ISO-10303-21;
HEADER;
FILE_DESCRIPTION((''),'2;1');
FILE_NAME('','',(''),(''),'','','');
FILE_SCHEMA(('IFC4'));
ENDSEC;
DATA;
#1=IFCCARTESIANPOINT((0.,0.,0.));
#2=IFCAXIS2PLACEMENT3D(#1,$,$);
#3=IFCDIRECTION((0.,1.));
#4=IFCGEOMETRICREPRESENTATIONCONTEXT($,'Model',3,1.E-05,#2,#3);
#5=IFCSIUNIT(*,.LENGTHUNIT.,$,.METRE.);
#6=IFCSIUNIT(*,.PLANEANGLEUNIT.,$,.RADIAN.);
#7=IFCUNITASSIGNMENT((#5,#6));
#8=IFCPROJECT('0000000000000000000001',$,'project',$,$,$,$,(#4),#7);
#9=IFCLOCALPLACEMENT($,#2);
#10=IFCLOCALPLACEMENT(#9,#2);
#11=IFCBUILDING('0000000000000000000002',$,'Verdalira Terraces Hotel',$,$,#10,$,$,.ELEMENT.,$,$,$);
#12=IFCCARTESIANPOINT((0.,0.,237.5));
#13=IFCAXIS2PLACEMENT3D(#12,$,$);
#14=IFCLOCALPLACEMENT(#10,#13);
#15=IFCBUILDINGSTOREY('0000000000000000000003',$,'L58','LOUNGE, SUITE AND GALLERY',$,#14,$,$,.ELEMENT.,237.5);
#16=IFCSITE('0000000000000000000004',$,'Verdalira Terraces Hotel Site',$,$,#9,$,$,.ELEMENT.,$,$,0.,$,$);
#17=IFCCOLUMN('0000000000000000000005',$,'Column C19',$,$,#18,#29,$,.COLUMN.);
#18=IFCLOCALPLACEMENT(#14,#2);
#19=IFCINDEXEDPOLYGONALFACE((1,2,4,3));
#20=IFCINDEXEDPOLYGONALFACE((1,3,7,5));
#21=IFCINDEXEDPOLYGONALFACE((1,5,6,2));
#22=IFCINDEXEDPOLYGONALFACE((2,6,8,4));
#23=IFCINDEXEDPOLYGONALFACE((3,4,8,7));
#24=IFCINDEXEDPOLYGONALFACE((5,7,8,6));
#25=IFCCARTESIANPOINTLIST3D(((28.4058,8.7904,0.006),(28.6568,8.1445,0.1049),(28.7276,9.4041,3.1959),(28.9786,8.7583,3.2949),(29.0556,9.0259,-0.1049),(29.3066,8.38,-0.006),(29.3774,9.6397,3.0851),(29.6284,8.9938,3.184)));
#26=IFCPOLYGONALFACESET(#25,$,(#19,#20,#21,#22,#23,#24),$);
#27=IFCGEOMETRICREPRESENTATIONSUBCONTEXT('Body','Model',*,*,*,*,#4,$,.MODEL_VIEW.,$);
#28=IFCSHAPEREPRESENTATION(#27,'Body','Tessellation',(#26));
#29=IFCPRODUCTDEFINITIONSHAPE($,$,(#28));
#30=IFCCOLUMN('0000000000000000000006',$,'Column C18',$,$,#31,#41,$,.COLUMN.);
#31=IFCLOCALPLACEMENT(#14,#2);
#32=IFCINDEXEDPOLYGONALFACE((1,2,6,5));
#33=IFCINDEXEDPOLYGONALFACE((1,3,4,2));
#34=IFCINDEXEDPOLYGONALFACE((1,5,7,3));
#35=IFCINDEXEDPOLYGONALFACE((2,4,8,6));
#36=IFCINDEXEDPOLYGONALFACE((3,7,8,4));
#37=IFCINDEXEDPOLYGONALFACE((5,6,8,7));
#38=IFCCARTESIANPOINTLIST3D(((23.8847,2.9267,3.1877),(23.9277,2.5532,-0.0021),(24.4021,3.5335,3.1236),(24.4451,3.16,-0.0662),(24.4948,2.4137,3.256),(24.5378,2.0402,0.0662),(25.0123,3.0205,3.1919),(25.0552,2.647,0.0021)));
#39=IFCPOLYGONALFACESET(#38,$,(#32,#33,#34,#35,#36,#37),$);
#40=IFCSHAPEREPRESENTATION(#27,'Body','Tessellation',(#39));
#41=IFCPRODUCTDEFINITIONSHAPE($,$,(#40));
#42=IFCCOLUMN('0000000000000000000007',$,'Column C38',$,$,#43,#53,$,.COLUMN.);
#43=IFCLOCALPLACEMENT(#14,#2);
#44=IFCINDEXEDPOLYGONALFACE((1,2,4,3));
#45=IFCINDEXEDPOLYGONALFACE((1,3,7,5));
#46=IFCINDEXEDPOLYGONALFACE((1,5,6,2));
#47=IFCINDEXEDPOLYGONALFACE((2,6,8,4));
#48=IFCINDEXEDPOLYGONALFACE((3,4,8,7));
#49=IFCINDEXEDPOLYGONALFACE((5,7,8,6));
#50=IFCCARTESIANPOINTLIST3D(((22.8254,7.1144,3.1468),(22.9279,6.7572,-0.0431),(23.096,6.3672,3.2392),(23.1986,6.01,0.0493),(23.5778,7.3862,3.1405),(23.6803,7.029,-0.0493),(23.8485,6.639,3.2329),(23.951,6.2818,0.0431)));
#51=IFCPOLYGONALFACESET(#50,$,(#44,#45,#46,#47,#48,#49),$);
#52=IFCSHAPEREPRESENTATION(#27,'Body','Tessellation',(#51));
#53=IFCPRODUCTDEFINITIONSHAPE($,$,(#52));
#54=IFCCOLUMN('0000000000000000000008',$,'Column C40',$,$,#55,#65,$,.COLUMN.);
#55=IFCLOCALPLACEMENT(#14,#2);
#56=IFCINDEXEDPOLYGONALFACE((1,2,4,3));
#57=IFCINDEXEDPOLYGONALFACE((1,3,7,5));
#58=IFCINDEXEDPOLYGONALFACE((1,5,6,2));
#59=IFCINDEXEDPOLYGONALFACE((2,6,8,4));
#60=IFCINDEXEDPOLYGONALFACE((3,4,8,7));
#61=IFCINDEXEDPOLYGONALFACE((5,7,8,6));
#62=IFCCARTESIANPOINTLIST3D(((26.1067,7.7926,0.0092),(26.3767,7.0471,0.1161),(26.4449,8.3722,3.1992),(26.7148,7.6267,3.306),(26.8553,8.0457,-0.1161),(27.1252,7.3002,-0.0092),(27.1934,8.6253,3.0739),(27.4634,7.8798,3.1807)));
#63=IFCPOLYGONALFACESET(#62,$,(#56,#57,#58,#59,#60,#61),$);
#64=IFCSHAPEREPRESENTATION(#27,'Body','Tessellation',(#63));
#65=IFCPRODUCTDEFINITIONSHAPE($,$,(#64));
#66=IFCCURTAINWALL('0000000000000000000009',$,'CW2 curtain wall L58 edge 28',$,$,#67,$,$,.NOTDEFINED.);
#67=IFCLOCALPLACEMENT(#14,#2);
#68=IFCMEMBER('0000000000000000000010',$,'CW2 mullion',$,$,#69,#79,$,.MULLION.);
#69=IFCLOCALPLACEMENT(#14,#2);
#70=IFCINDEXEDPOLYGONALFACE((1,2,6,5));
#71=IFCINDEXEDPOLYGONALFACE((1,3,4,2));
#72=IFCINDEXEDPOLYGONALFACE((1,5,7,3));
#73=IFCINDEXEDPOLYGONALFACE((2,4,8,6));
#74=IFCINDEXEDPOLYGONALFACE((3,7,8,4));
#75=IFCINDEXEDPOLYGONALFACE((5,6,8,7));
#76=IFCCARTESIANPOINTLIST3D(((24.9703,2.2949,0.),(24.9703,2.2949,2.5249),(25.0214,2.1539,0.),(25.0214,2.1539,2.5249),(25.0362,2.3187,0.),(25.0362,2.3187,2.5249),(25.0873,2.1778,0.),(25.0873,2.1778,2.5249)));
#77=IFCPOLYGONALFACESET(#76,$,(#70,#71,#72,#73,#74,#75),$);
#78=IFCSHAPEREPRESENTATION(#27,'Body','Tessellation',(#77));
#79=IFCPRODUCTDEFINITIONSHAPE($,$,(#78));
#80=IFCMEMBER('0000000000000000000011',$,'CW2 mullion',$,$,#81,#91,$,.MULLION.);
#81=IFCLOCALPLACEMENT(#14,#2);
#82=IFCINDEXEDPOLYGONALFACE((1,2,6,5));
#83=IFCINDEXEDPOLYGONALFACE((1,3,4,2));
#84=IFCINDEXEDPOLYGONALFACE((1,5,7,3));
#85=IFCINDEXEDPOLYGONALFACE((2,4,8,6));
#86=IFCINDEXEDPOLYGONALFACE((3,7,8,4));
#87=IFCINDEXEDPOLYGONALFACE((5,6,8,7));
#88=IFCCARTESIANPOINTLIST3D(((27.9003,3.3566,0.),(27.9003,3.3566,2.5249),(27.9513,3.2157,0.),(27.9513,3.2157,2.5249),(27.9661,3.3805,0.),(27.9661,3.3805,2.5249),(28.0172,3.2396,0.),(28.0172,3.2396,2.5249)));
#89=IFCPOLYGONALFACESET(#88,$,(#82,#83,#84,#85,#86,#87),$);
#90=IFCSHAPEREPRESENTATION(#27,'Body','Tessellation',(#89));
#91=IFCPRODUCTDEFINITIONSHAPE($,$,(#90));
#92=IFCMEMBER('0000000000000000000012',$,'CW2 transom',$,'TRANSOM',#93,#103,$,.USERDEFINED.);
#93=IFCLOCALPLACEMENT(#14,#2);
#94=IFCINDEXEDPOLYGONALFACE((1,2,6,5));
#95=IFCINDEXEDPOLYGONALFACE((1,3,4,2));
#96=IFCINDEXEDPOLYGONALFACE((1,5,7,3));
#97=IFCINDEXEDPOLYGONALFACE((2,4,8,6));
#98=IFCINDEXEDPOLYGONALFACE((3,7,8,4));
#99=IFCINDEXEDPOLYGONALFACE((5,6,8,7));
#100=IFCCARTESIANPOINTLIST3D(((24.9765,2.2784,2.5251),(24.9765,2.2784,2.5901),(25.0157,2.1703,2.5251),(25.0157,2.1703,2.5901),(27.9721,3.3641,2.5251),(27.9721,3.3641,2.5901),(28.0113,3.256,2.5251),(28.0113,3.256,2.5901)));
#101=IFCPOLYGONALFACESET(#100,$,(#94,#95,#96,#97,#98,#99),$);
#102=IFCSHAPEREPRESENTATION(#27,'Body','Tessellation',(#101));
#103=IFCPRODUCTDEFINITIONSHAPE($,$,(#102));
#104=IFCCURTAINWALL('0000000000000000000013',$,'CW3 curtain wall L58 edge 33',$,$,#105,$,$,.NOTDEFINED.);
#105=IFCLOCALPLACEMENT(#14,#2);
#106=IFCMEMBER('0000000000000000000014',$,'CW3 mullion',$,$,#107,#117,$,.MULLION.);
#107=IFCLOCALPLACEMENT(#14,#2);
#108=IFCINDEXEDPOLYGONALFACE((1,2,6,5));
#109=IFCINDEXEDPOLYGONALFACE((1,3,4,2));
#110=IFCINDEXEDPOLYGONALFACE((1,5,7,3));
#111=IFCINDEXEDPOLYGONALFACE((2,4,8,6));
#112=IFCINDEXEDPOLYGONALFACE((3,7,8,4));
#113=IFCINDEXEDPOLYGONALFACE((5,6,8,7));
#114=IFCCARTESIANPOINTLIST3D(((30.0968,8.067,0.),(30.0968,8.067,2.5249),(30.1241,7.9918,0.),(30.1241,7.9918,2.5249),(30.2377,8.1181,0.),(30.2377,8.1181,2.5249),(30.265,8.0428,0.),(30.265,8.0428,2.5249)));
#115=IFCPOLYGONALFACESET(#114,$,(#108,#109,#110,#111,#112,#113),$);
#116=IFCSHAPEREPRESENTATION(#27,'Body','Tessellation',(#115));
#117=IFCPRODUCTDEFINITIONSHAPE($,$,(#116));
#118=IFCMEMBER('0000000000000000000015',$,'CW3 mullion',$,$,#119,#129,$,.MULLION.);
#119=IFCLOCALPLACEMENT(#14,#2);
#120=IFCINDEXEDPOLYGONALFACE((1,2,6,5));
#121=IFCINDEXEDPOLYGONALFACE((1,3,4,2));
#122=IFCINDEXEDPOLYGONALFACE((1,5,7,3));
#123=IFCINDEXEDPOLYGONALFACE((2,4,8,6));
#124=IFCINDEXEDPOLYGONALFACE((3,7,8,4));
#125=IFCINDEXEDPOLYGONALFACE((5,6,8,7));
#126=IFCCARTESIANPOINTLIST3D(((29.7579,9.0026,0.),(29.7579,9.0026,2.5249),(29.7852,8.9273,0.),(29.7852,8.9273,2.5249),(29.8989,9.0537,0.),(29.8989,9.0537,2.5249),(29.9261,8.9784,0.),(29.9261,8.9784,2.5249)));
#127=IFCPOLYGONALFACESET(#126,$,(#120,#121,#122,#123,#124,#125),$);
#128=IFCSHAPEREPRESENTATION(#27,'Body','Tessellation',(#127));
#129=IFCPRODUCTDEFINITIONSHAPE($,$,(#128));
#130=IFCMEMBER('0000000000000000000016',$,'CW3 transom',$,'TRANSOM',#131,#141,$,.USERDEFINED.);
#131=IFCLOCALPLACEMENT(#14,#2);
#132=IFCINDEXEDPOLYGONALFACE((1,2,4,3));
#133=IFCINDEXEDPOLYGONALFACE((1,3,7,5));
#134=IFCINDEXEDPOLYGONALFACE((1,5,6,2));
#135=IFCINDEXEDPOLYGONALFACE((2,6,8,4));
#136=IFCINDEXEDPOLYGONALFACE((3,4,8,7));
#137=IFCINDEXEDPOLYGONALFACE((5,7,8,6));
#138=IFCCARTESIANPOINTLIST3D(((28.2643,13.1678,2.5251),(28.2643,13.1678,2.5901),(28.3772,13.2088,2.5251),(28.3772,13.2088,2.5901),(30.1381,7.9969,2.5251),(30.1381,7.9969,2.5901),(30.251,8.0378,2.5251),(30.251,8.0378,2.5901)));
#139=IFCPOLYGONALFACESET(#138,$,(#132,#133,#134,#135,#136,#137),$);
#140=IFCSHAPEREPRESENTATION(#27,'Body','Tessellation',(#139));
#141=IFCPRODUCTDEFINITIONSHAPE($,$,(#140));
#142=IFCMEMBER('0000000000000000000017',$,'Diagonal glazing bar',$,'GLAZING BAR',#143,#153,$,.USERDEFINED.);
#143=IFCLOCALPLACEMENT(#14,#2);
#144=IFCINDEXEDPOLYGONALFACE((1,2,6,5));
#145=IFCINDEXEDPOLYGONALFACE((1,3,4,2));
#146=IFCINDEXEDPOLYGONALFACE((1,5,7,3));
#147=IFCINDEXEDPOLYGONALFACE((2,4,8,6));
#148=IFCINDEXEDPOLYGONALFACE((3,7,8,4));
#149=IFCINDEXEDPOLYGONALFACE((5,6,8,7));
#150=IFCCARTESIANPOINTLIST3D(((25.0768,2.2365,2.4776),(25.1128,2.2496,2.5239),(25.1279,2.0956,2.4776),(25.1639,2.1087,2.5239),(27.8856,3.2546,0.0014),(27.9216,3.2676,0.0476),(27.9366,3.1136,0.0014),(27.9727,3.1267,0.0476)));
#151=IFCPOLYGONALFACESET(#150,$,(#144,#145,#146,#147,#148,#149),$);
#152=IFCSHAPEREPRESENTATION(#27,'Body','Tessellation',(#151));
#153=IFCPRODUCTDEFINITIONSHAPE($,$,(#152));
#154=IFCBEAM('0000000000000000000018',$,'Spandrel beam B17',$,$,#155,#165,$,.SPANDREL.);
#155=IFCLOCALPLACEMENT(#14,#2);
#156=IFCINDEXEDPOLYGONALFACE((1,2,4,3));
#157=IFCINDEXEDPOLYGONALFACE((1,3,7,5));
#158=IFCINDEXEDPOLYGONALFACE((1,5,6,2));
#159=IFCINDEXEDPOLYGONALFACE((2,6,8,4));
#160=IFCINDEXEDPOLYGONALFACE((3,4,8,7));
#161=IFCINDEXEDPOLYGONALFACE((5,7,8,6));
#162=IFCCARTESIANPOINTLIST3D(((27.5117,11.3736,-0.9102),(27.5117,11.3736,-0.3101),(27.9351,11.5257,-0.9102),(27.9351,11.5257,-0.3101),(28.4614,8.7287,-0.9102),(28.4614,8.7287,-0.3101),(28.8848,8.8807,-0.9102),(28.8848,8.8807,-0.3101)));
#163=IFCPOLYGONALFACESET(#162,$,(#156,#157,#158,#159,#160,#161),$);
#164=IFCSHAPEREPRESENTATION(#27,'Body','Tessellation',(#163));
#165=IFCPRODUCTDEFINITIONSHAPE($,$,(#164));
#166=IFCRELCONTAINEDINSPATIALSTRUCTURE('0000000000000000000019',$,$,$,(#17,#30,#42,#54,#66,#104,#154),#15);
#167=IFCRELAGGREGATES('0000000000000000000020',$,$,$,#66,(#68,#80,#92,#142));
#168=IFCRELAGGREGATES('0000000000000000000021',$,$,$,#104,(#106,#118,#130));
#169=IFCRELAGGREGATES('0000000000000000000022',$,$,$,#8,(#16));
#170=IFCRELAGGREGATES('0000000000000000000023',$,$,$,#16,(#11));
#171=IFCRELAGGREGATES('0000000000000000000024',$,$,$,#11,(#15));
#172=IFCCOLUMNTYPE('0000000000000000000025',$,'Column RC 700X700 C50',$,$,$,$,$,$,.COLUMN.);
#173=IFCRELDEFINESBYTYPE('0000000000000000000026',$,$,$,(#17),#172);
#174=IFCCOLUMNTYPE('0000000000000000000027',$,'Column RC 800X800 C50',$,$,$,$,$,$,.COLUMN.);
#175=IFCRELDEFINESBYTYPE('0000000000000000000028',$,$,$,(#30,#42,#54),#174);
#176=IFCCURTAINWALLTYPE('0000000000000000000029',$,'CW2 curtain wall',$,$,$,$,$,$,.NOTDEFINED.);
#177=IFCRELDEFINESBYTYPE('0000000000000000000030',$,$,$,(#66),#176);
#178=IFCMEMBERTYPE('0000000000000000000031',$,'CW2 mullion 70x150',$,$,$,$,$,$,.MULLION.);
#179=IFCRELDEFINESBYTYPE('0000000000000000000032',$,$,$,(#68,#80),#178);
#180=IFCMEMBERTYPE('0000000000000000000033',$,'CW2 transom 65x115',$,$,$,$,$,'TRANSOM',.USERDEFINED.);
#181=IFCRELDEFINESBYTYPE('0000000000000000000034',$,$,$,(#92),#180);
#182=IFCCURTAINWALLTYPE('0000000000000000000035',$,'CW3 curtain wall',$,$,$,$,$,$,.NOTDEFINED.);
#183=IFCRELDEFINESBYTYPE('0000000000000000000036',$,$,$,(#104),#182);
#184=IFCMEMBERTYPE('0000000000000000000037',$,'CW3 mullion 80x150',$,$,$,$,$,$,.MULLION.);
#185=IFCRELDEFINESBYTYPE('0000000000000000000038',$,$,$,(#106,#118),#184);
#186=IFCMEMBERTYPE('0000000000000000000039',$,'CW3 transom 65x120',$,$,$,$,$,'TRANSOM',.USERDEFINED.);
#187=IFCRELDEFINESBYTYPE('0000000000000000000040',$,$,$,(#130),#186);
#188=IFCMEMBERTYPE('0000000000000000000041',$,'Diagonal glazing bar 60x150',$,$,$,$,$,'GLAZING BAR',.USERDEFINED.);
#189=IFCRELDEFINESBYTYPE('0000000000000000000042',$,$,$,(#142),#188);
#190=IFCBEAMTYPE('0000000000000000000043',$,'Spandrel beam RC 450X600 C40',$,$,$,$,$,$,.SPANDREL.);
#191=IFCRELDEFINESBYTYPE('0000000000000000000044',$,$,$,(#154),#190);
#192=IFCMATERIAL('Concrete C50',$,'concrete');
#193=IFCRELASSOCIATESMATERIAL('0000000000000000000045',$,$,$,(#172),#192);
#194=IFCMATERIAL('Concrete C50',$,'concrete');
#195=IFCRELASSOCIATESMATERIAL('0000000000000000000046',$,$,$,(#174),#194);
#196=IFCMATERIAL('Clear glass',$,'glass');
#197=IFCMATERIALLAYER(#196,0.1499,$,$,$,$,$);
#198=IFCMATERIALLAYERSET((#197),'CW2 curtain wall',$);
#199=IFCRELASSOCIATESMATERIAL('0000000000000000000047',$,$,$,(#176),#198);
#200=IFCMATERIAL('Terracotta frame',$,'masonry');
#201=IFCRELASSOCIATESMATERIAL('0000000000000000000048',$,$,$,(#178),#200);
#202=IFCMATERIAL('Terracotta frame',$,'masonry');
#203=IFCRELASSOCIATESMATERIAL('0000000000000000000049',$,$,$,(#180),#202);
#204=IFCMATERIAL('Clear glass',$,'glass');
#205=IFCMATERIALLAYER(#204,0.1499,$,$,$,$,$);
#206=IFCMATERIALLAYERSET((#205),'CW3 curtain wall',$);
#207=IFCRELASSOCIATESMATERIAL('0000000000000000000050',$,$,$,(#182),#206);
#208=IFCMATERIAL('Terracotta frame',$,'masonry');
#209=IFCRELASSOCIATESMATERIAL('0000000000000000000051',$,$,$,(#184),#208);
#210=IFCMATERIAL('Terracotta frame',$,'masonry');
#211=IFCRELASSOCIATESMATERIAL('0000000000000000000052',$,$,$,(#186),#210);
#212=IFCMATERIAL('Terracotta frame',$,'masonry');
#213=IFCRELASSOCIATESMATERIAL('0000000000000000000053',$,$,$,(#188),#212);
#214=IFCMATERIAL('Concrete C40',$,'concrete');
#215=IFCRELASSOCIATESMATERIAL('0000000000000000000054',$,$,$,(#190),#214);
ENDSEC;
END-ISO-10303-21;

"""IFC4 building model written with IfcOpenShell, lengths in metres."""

from ifc_helpers import new_model, si_unit, direction, frame, origin, origin_2d, place, context, subcontext, project, spatial, rectangle, extrude, material, layer, layer_set, material_profile, profile_set, type_object, element, aggregate, save


model = new_model("IFC4")

# Units and contexts
model_context = context("Model", 3, precision=1e-05, world=origin(), true_north=direction((0.0, 1.0)))
body_context = subcontext(model_context, "Body", "Model", "MODEL_VIEW")
ifc_project = project(units=[si_unit("LENGTHUNIT", "METRE"), si_unit("PLANEANGLEUNIT", "RADIAN")], contexts=[model_context])

# Site, building, storey
site_placement = place(None, origin())
site = spatial("IfcSite", under=ifc_project, at=site_placement, Name="Verdalira Terraces Hotel Site", CompositionType="ELEMENT", RefElevation=0.0)
building_placement = place(site_placement, origin())
building = spatial("IfcBuilding", under=site, at=building_placement, Name="Verdalira Terraces Hotel", CompositionType="ELEMENT")
storey_placement = place(building_placement, frame((0.0, 0.0, 237.5)))
storey = spatial("IfcBuildingStorey", under=building, at=storey_placement, Name="L58", Description="LOUNGE, SUITE AND GALLERY", CompositionType="ELEMENT", Elevation=237.5)

# Columns
ifc_material_1 = material(Name="Concrete C50", Category="concrete")
ifc_material_profile_1 = material_profile(ifc_material_1, rectangle(XDim=0.7, YDim=0.7, at=origin_2d()), Name="RC 700X700")
ifc_profile_set_1 = profile_set([ifc_material_profile_1], Name="Concrete C50")
column_type_1 = type_object("IfcColumnType", Name="Column RC 700X700 C50", PredefinedType="COLUMN", material=ifc_profile_set_1)
column_1_placement = place(storey_placement, frame((28.8562, 8.5852, 0.0), z_axis=(0.098573, 0.188022, 0.977206), x_axis=(-0.358607, 0.922723, -0.141365)))
element("IfcColumn", 1, at=column_1_placement, inside=storey, type_object=column_type_1, Name="Column C19", PredefinedType="COLUMN", context=body_context, shape_type="SweptSolid", body=[
    extrude(rectangle(XDim=0.7, YDim=0.7, at=origin_2d()), origin(), (0.0, 0.0, 1.0), 3.2644),
])
ifc_material_2 = material(Name="Concrete C50", Category="concrete")
ifc_material_profile_2 = material_profile(ifc_material_2, rectangle(XDim=0.8, YDim=0.8, at=origin_2d()), Name="RC 800X800")
ifc_profile_set_2 = profile_set([ifc_material_profile_2], Name="Concrete C50")
column_type_2 = type_object("IfcColumnType", Name="Column RC 800X800 C50", PredefinedType="COLUMN", material=ifc_profile_set_2)
column_2_placement = place(storey_placement, frame((24.4915, 2.6001, 0.0), z_axis=(-0.013377, 0.116293, 0.993125), x_axis=(-0.646729, -0.758501, 0.080107)))
element("IfcColumn", 2, at=column_2_placement, inside=storey, type_object=column_type_2, Name="Column C18", PredefinedType="COLUMN", context=body_context, shape_type="SweptSolid", body=[
    extrude(rectangle(XDim=0.8, YDim=0.8, at=origin_2d()), origin(), (0.0, 0.0, 1.0), 3.2119),
])
column_3_placement = place(storey_placement, frame((23.4395, 6.5195, 0.0), z_axis=(-0.031929, 0.111218, 0.993283), x_axis=(0.940485, 0.339745, -0.00781)))
element("IfcColumn", 3, at=column_3_placement, inside=storey, type_object=column_type_2, Name="Column C38", PredefinedType="COLUMN", context=body_context, shape_type="SweptSolid", body=[
    extrude(rectangle(XDim=0.8, YDim=0.8, at=origin_2d()), origin(), (0.0, 0.0, 1.0), 3.2114),
])
column_4_placement = place(storey_placement, frame((26.616, 7.5464, 0.0), z_axis=(0.10373, 0.177802, 0.978584), x_axis=(0.935619, 0.316349, -0.156654)))
element("IfcColumn", 4, at=column_4_placement, inside=storey, type_object=column_type_2, Name="Column C40", PredefinedType="COLUMN", context=body_context, shape_type="SweptSolid", body=[
    extrude(rectangle(XDim=0.8, YDim=0.8, at=origin_2d()), origin(), (0.0, 0.0, 1.0), 3.2598),
])

# Curtain walls, members
ifc_material_3 = material(Name="Clear glass", Category="glass")
ifc_layer_1 = layer(ifc_material_3, 0.1499)
ifc_layer_set_1 = layer_set([ifc_layer_1], Name="CW2 curtain wall")
curtain_wall_type_1 = type_object("IfcCurtainWallType", Name="CW2 curtain wall", PredefinedType="NOTDEFINED", material=ifc_layer_set_1)
curtain_wall_1_placement = place(storey_placement, origin())
curtain_wall_1 = element("IfcCurtainWall", 5, at=curtain_wall_1_placement, inside=storey, type_object=curtain_wall_type_1, Name="CW2 curtain wall L58 edge 28", PredefinedType="NOTDEFINED")
ifc_material_4 = material(Name="Terracotta frame", Category="masonry")
ifc_material_profile_3 = material_profile(ifc_material_4, rectangle(XDim=0.0701, YDim=0.1499, at=origin_2d()), Name="MU 70x150")
ifc_profile_set_3 = profile_set([ifc_material_profile_3], Name="Terracotta frame")
member_type_1 = type_object("IfcMemberType", Name="CW2 mullion 70x150", PredefinedType="MULLION", material=ifc_profile_set_3)
member_1_placement = place(storey_placement, frame((25.0288, 2.2363, 0.0), z_axis=(0.0, 0.0, 1.0), x_axis=(0.940169, 0.340708, 0.0)))
member_1 = element("IfcMember", 6, at=member_1_placement, type_object=member_type_1, Name="CW2 mullion", PredefinedType="MULLION", context=body_context, shape_type="SweptSolid", body=[
    extrude(rectangle(XDim=0.0701, YDim=0.1499, at=origin_2d()), origin(), (0.0, 0.0, 1.0), 2.5249),
])
member_2_placement = place(storey_placement, frame((27.9587, 3.2981, 0.0), z_axis=(0.0, 0.0, 1.0), x_axis=(0.940169, 0.340708, 0.0)))
member_2 = element("IfcMember", 7, at=member_2_placement, type_object=member_type_1, Name="CW2 mullion", PredefinedType="MULLION", context=body_context, shape_type="SweptSolid", body=[
    extrude(rectangle(XDim=0.0701, YDim=0.1499, at=origin_2d()), origin(), (0.0, 0.0, 1.0), 2.5249),
])
ifc_material_5 = material(Name="Terracotta frame", Category="masonry")
ifc_material_profile_4 = material_profile(ifc_material_5, rectangle(XDim=0.115, YDim=0.0649, at=origin_2d()), Name="TR 65x115")
ifc_profile_set_4 = profile_set([ifc_material_profile_4], Name="Terracotta frame")
member_type_2 = type_object("IfcMemberType", Name="CW2 transom 65x115", ElementType="TRANSOM", PredefinedType="USERDEFINED", material=ifc_profile_set_4)
member_3_placement = place(storey_placement, frame((24.9961, 2.2244, 2.5576), z_axis=(0.940158, 0.34074, 0.0), x_axis=(-0.34074, 0.940158, 0.0)))
member_3 = element("IfcMember", 8, at=member_3_placement, type_object=member_type_2, Name="CW2 transom", ObjectType="TRANSOM", PredefinedType="USERDEFINED", context=body_context, shape_type="SweptSolid", body=[
    extrude(rectangle(XDim=0.115, YDim=0.0649, at=origin_2d()), origin(), (0.0, 0.0, 1.0), 3.1863),
])
ifc_material_6 = material(Name="Clear glass", Category="glass")
ifc_layer_2 = layer(ifc_material_6, 0.1499)
ifc_layer_set_2 = layer_set([ifc_layer_2], Name="CW3 curtain wall")
curtain_wall_type_2 = type_object("IfcCurtainWallType", Name="CW3 curtain wall", PredefinedType="NOTDEFINED", material=ifc_layer_set_2)
curtain_wall_2_placement = place(storey_placement, origin())
curtain_wall_2 = element("IfcCurtainWall", 9, at=curtain_wall_2_placement, inside=storey, type_object=curtain_wall_type_2, Name="CW3 curtain wall L58 edge 33", PredefinedType="NOTDEFINED")
ifc_material_7 = material(Name="Terracotta frame", Category="masonry")
ifc_material_profile_5 = material_profile(ifc_material_7, rectangle(XDim=0.0801, YDim=0.1499, at=origin_2d()), Name="MU 80x150")
ifc_profile_set_5 = profile_set([ifc_material_profile_5], Name="Terracotta frame")
member_type_3 = type_object("IfcMemberType", Name="CW3 mullion 80x150", PredefinedType="MULLION", material=ifc_profile_set_5)
member_4_placement = place(storey_placement, frame((30.1809, 8.0549, 0.0), z_axis=(0.0, 0.0, 1.0), x_axis=(-0.340708, 0.940169, 0.0)))
member_4 = element("IfcMember", 10, at=member_4_placement, type_object=member_type_3, Name="CW3 mullion", PredefinedType="MULLION", context=body_context, shape_type="SweptSolid", body=[
    extrude(rectangle(XDim=0.0801, YDim=0.1499, at=origin_2d()), origin(), (0.0, 0.0, 1.0), 2.5249),
])
member_5_placement = place(storey_placement, frame((29.842, 8.9905, 0.0), z_axis=(0.0, 0.0, 1.0), x_axis=(-0.340708, 0.940169, 0.0)))
member_5 = element("IfcMember", 11, at=member_5_placement, type_object=member_type_3, Name="CW3 mullion", PredefinedType="MULLION", context=body_context, shape_type="SweptSolid", body=[
    extrude(rectangle(XDim=0.0801, YDim=0.1499, at=origin_2d()), origin(), (0.0, 0.0, 1.0), 2.5249),
])
ifc_material_8 = material(Name="Terracotta frame", Category="masonry")
ifc_material_profile_6 = material_profile(ifc_material_8, rectangle(XDim=0.1201, YDim=0.0649, at=origin_2d()), Name="TR 65x120")
ifc_profile_set_6 = profile_set([ifc_material_profile_6], Name="Terracotta frame")
member_type_4 = type_object("IfcMemberType", Name="CW3 transom 65x120", ElementType="TRANSOM", PredefinedType="USERDEFINED", material=ifc_profile_set_6)
member_6_placement = place(storey_placement, frame((30.1946, 8.0173, 2.5576), z_axis=(-0.340691, 0.940175, 0.0), x_axis=(-0.940175, -0.340691, 0.0)))
member_6 = element("IfcMember", 12, at=member_6_placement, type_object=member_type_4, Name="CW3 transom", ObjectType="TRANSOM", PredefinedType="USERDEFINED", context=body_context, shape_type="SweptSolid", body=[
    extrude(rectangle(XDim=0.1201, YDim=0.0649, at=origin_2d()), origin(), (0.0, 0.0, 1.0), 5.5),
])

# Member
ifc_material_9 = material(Name="Terracotta frame", Category="masonry")
ifc_material_profile_7 = material_profile(ifc_material_9, rectangle(XDim=0.1499, YDim=0.0601, at=origin_2d()), Name="GB 60x150")
ifc_profile_set_7 = profile_set([ifc_material_profile_7], Name="Terracotta frame")
member_type_5 = type_object("IfcMemberType", Name="Diagonal glazing bar 60x150", ElementType="GLAZING BAR", PredefinedType="USERDEFINED", material=ifc_profile_set_7)
member_7_placement = place(storey_placement, frame((25.1204, 2.1726, 2.5007), z_axis=(0.723836, 0.262355, -0.638146), x_axis=(-0.340759, 0.940151, 0.0)))
member_7 = element("IfcMember", 13, at=member_7_placement, type_object=member_type_5, Name="Diagonal glazing bar", ObjectType="GLAZING BAR", PredefinedType="USERDEFINED", context=body_context, shape_type="SweptSolid", body=[
    extrude(rectangle(XDim=0.1499, YDim=0.0601, at=origin_2d()), origin(), (0.0, 0.0, 1.0), 3.8804),
])

# Beam
ifc_material_10 = material(Name="Concrete C40", Category="concrete")
ifc_material_profile_8 = material_profile(ifc_material_10, rectangle(XDim=0.45, YDim=0.6001, at=origin_2d()), Name="RC 450X600")
ifc_profile_set_8 = profile_set([ifc_material_profile_8], Name="Concrete C40")
beam_type = type_object("IfcBeamType", Name="Spandrel beam RC 450X600 C40", PredefinedType="SPANDREL", material=ifc_profile_set_8)
beam_placement = place(storey_placement, frame((28.6731, 8.8047, -0.6101), z_axis=(-0.337932, 0.941171, 0.0), x_axis=(-0.941171, -0.337932, 0.0)))
element("IfcBeam", 14, at=beam_placement, inside=storey, type_object=beam_type, Name="Spandrel beam B17", PredefinedType="SPANDREL", context=body_context, shape_type="SweptSolid", body=[
    extrude(rectangle(XDim=0.45, YDim=0.6001, at=origin_2d()), origin(), (0.0, 0.0, 1.0), 2.8103),
])

aggregate(curtain_wall_1, [member_1, member_2, member_3, member_7])
aggregate(curtain_wall_2, [member_4, member_5, member_6])

save(model, "model.ifc")
